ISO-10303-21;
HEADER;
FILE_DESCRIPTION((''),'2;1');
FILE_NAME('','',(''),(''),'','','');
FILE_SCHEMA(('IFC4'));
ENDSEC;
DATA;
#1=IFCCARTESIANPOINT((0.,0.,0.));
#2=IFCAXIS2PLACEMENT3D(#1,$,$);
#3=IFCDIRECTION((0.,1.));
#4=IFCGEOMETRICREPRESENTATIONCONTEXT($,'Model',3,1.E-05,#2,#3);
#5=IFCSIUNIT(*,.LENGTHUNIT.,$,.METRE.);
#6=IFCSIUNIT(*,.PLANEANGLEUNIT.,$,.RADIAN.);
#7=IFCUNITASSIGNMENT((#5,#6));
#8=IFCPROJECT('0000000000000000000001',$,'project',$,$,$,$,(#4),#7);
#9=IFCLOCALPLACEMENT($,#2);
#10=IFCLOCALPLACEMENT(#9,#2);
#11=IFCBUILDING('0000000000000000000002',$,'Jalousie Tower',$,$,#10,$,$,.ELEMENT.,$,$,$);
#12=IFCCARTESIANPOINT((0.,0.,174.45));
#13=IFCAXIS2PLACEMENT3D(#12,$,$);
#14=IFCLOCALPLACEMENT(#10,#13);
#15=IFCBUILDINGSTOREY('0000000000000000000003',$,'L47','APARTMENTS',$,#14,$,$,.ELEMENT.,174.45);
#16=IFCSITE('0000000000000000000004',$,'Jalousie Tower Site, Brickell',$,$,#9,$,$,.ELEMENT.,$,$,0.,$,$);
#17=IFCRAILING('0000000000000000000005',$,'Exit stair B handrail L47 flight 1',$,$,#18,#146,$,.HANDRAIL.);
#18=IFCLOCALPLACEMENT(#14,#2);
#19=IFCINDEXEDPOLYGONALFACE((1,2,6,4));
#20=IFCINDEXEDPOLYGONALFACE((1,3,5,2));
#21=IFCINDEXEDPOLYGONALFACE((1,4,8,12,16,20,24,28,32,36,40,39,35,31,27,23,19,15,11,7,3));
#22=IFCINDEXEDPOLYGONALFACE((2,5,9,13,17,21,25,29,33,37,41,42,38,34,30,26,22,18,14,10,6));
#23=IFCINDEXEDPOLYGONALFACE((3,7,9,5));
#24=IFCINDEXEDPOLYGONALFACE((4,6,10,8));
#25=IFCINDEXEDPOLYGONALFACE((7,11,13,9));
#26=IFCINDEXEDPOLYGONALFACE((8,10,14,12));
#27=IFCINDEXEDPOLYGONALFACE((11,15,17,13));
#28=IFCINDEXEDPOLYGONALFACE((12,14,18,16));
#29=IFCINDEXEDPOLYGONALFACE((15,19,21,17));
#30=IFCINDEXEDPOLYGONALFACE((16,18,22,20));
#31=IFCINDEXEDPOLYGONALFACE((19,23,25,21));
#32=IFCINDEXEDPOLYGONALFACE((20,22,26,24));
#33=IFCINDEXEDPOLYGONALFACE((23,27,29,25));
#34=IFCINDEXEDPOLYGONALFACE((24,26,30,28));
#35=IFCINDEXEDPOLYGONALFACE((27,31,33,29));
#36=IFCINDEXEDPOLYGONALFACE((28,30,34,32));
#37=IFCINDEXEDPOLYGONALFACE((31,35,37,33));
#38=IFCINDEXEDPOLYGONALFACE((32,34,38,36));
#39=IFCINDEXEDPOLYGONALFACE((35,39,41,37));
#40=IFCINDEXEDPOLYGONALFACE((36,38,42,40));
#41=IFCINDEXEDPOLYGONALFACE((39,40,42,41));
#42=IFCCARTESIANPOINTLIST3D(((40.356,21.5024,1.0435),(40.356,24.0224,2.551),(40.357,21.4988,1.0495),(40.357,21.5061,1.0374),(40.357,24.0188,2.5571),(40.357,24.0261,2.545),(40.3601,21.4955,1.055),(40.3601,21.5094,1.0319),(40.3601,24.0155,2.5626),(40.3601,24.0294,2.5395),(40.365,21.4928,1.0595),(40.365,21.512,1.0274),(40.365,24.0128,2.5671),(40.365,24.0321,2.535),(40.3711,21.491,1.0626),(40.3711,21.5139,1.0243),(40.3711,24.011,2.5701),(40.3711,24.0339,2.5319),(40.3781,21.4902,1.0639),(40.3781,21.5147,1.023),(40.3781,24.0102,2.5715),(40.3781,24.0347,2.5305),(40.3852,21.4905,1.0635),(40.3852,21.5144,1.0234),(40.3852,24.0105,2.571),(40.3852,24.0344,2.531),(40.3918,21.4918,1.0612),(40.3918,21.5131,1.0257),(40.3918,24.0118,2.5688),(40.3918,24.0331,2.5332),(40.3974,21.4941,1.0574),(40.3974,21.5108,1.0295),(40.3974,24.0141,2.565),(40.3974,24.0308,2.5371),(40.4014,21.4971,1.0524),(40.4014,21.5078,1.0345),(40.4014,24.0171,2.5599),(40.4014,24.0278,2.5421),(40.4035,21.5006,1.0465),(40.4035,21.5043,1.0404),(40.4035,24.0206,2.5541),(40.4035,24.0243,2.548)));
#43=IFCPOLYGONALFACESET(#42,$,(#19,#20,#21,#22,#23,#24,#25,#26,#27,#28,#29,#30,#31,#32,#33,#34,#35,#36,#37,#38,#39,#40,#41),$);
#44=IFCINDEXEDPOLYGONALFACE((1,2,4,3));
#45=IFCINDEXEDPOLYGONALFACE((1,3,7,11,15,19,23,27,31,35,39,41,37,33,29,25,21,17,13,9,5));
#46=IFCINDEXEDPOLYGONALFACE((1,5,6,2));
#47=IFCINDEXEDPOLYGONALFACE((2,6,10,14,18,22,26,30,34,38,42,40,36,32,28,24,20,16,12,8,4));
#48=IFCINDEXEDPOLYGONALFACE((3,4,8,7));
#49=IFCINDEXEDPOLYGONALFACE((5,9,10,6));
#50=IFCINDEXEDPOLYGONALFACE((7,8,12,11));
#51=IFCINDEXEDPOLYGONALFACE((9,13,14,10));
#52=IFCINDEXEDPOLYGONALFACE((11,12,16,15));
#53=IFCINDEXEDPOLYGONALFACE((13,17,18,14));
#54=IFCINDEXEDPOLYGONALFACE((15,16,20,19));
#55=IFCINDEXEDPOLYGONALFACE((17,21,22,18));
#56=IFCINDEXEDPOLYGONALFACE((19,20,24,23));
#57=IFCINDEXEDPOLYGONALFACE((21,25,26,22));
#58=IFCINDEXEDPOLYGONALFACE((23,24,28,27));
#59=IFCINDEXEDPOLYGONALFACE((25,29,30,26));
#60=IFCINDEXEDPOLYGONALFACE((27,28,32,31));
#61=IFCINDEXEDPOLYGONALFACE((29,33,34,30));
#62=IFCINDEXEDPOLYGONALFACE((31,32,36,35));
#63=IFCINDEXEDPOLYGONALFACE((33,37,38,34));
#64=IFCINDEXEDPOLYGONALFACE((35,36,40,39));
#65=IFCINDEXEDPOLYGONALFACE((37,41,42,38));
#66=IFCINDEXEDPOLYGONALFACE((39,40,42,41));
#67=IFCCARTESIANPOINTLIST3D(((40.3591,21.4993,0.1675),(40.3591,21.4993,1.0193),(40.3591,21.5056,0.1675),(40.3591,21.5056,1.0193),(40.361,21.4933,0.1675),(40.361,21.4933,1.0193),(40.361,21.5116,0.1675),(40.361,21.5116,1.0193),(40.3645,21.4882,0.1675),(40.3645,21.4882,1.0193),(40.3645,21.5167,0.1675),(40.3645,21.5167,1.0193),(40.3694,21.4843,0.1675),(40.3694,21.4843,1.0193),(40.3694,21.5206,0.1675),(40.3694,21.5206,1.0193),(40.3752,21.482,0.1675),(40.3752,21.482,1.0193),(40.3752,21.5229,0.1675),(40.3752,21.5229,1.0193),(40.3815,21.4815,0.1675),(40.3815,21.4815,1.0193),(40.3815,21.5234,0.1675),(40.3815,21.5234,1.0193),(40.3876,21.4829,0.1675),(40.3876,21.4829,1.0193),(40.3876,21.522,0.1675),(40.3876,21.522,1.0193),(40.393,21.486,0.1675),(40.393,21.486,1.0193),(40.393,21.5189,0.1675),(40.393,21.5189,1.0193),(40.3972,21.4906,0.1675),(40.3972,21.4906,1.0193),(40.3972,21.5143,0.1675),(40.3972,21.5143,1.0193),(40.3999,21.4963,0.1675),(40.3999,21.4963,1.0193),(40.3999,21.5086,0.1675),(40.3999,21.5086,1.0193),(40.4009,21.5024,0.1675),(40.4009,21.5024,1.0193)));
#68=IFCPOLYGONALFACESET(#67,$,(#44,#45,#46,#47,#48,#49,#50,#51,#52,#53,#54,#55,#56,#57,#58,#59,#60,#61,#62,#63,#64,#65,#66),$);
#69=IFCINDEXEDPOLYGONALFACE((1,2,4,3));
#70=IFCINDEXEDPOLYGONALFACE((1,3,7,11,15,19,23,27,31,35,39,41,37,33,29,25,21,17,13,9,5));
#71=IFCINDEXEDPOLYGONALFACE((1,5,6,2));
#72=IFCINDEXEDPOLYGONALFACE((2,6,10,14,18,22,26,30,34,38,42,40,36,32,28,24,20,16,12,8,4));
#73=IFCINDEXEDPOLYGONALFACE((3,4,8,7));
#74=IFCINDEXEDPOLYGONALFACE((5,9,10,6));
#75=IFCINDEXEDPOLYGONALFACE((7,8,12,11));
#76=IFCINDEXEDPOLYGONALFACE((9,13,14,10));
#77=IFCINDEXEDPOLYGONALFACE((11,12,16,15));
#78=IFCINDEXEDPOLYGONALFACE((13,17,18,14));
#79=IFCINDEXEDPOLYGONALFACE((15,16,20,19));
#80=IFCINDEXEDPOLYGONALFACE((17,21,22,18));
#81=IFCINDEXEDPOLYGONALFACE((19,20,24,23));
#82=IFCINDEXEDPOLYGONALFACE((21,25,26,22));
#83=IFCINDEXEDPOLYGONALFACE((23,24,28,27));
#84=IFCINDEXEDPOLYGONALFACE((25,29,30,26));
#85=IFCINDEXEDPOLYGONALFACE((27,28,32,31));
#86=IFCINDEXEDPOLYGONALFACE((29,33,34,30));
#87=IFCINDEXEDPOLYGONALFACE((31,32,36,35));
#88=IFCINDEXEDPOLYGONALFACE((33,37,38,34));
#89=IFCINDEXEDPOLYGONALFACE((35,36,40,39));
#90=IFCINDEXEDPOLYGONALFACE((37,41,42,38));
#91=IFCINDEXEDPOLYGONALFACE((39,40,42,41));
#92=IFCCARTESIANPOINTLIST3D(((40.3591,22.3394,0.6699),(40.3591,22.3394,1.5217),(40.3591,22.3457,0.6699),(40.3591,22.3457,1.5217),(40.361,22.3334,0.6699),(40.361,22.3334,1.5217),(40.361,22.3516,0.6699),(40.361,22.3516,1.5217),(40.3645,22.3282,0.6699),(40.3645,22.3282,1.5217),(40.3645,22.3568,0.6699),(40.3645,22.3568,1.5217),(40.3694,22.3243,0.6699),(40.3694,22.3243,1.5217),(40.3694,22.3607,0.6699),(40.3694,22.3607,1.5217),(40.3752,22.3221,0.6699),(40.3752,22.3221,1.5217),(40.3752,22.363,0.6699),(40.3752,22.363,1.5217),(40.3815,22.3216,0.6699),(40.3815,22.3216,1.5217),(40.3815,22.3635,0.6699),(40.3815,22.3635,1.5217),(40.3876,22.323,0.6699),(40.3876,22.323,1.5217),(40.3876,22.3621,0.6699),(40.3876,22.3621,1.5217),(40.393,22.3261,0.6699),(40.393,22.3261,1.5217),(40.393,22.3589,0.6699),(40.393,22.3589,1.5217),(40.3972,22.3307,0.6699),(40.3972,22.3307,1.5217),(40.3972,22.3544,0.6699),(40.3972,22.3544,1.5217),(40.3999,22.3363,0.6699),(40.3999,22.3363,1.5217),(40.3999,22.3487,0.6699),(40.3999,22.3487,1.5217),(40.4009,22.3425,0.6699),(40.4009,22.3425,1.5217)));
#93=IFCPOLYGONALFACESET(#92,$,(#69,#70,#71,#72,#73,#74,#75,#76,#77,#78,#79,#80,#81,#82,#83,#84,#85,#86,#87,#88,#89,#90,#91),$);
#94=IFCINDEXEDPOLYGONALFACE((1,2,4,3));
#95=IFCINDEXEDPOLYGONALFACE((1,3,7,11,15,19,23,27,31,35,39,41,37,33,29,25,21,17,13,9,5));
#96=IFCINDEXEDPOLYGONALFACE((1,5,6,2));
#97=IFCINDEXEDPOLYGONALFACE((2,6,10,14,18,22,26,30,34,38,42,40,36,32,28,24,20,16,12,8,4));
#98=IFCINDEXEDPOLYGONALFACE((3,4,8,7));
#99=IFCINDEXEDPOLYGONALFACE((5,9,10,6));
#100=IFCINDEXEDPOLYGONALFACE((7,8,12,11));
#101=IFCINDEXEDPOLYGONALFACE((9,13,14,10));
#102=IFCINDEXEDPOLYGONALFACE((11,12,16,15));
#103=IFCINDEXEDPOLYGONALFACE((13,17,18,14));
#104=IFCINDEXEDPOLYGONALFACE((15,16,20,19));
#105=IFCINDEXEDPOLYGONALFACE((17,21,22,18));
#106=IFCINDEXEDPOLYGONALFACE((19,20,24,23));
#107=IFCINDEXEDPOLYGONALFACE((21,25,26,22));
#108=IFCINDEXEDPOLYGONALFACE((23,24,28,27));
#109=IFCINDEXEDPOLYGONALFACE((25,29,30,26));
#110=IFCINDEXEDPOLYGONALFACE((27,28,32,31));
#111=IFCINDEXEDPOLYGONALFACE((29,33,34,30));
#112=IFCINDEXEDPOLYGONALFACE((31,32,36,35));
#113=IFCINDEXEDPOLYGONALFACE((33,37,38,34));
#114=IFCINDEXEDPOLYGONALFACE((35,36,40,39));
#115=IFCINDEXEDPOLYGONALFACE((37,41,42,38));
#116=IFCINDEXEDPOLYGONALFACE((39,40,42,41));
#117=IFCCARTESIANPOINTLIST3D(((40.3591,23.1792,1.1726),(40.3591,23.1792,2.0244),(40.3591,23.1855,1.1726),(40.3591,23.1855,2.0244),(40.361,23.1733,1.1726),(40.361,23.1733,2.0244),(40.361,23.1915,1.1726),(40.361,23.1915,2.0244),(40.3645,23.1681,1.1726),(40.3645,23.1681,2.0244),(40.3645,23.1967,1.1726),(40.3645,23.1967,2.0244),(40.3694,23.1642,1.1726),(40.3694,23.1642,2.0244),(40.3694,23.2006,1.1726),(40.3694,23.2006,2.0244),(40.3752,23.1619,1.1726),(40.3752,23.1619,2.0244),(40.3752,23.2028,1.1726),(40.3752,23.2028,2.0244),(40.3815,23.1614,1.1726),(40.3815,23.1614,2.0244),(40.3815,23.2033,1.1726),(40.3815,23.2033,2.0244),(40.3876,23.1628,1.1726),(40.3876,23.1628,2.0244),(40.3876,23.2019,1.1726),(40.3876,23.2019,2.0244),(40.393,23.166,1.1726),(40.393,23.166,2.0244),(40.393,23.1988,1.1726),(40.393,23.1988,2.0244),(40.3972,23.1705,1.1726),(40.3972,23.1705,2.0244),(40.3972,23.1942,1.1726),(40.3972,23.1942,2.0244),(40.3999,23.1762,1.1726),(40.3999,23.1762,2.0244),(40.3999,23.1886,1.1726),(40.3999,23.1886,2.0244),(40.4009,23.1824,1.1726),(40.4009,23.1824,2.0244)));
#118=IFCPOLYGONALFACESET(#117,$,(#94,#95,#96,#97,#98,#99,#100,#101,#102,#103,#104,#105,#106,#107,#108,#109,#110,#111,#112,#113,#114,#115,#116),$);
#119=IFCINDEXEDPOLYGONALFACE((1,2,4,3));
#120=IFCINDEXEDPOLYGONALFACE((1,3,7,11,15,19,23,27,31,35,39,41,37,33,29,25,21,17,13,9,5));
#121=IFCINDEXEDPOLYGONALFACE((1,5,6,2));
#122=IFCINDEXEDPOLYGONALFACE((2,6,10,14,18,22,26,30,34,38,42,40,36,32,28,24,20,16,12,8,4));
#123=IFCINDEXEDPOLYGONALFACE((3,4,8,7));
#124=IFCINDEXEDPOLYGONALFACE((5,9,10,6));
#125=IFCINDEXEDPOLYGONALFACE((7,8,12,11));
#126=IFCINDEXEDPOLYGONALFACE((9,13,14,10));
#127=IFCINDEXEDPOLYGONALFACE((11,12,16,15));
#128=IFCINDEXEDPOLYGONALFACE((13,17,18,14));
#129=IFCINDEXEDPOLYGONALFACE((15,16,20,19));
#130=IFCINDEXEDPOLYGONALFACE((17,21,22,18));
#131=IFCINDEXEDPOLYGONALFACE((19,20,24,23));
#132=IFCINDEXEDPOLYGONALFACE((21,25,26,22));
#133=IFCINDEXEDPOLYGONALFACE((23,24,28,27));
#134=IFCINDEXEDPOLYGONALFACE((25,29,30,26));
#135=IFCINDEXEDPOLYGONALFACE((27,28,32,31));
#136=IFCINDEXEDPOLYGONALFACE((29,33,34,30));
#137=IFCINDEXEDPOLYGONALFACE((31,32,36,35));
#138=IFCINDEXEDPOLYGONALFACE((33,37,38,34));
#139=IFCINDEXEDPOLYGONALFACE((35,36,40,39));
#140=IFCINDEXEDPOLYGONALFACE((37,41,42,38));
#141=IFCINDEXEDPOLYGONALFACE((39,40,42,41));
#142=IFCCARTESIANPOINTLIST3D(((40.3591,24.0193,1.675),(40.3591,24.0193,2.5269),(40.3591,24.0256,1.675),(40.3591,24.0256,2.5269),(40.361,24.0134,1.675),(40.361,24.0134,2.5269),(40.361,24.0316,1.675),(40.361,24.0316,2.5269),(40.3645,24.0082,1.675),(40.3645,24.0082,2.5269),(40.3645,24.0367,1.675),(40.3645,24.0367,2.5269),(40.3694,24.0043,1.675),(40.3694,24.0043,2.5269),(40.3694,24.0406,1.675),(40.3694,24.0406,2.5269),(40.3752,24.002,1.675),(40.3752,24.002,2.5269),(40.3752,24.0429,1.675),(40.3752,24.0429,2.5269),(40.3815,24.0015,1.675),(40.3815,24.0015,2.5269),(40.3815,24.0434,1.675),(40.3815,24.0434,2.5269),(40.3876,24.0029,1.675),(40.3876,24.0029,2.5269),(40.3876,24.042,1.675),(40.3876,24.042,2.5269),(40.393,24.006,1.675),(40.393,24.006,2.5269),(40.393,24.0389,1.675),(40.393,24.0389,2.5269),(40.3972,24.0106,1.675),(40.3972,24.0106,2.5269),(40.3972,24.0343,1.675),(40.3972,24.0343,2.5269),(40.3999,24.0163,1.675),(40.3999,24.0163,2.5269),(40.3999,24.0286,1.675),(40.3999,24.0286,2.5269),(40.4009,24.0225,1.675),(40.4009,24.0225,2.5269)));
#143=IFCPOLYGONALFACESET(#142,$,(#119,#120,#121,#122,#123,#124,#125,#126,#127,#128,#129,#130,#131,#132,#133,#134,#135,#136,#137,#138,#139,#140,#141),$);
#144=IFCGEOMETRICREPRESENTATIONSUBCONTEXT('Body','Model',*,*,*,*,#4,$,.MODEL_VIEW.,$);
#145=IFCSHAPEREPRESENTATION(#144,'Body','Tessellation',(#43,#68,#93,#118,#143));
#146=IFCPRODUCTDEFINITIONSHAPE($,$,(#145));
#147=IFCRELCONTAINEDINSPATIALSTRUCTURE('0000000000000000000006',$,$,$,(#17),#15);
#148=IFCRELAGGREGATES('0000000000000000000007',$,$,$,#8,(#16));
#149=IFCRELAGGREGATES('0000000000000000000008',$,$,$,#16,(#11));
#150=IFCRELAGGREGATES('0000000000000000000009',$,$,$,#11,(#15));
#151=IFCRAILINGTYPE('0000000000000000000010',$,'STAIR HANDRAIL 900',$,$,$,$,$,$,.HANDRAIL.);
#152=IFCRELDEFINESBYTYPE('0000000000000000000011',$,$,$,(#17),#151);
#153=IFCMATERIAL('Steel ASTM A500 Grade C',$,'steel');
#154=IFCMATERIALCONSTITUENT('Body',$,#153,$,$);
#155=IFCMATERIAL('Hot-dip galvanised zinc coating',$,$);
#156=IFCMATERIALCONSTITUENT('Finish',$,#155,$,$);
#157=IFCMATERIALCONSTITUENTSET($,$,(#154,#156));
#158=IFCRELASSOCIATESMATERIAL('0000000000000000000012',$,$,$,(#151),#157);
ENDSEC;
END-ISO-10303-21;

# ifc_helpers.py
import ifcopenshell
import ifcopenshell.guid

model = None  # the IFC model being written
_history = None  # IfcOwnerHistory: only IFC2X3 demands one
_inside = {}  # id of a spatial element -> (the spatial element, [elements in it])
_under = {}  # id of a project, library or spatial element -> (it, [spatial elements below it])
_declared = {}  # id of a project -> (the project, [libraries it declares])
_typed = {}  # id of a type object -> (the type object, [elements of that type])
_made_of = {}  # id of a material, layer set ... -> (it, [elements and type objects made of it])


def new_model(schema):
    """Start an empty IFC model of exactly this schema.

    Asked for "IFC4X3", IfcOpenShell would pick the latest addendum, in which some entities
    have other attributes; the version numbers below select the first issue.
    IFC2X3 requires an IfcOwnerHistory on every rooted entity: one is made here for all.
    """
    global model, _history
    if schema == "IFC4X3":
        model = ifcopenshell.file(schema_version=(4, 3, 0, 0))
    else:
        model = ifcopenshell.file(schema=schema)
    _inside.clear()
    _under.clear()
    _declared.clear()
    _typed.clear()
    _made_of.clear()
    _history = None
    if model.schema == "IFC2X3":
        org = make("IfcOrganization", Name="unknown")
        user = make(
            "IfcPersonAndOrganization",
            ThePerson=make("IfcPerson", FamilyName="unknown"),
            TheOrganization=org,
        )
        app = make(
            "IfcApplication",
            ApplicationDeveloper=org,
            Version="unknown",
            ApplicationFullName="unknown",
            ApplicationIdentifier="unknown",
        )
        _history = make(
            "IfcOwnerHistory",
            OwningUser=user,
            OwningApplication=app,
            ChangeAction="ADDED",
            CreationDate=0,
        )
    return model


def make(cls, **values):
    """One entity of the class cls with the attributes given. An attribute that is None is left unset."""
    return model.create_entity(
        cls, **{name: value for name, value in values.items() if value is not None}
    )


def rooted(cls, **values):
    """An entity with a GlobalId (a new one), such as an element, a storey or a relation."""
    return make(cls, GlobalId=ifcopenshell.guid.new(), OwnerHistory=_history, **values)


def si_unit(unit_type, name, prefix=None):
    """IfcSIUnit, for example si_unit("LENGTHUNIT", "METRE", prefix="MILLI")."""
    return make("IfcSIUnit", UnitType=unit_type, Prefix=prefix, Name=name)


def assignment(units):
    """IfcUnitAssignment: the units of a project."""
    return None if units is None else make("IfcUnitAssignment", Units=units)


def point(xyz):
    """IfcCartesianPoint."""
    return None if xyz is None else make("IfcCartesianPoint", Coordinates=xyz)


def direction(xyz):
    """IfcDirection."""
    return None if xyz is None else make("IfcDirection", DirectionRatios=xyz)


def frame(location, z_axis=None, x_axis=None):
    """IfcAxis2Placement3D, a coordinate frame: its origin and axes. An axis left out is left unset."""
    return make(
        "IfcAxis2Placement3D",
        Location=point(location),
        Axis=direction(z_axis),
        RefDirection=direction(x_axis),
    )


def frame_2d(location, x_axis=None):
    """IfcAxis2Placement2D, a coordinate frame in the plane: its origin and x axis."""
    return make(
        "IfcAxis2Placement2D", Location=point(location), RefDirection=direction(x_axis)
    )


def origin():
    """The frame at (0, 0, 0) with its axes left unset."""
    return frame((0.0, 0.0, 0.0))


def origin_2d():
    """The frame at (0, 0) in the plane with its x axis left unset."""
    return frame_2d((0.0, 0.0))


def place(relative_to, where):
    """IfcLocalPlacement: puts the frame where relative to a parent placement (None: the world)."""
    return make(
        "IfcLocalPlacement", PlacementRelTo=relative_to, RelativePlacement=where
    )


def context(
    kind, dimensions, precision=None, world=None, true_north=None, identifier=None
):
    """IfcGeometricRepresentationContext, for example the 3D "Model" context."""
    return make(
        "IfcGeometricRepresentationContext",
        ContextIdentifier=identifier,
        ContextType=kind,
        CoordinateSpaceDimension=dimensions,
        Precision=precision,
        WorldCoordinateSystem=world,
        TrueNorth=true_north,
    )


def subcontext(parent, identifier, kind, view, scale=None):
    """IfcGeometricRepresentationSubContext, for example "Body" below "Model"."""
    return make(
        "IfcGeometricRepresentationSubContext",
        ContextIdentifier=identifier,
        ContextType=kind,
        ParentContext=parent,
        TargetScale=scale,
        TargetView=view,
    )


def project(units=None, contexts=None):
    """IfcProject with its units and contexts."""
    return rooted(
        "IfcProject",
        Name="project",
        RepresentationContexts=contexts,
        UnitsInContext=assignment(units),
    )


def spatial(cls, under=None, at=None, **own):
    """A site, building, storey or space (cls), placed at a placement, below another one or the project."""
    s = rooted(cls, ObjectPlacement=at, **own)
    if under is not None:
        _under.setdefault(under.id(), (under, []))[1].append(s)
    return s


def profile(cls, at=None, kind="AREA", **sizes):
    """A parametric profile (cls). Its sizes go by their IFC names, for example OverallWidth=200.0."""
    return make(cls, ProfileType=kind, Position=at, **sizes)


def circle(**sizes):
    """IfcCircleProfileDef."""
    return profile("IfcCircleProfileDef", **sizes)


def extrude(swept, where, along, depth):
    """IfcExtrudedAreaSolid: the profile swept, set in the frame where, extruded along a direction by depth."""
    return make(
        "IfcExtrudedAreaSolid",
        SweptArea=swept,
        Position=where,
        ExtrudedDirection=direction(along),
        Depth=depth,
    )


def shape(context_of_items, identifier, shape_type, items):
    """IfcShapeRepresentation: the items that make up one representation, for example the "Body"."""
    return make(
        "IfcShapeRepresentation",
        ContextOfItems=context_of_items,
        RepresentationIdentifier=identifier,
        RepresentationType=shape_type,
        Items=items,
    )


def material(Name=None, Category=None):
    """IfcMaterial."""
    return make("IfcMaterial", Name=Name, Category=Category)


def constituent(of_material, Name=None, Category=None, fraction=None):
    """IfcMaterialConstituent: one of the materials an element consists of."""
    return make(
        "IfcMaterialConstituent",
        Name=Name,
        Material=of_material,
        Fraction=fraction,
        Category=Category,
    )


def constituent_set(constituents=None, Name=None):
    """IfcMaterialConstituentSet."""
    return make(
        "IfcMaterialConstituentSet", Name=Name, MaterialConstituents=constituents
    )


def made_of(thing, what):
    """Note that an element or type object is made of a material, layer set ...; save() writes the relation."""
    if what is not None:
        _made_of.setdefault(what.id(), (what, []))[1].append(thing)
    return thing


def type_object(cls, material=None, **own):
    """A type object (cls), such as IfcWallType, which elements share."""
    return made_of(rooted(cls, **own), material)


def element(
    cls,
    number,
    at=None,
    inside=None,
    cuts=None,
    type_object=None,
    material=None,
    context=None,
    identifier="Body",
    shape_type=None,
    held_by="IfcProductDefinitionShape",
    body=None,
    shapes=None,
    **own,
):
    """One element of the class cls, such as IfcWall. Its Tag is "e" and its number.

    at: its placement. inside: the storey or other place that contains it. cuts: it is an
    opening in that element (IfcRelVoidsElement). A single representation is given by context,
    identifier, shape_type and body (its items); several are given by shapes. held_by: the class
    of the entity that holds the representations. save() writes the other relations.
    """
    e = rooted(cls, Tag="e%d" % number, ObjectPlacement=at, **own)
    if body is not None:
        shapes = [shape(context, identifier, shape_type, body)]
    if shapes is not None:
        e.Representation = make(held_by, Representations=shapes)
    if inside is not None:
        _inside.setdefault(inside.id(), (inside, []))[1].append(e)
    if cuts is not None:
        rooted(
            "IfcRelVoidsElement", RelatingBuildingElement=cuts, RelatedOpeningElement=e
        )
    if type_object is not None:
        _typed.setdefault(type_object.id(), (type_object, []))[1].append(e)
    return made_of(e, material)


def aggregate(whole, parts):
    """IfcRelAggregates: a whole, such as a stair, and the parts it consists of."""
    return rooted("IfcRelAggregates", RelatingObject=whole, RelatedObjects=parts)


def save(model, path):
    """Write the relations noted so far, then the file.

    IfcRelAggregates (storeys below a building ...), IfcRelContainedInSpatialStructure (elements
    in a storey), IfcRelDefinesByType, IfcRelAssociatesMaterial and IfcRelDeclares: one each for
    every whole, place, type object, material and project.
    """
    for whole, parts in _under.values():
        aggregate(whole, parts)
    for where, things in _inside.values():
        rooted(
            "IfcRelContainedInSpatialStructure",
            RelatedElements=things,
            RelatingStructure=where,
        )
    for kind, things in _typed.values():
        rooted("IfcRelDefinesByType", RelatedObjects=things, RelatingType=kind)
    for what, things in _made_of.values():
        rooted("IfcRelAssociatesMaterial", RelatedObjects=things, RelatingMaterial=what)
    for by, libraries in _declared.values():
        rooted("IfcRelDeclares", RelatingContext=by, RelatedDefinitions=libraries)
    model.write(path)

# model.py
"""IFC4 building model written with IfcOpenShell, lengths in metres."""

from ifc_helpers import new_model, si_unit, direction, frame, origin, origin_2d, place, context, subcontext, project, spatial, circle, extrude, material, constituent, constituent_set, type_object, element, save


model = new_model("IFC4")

# Units and contexts
model_context = context("Model", 3, precision=1e-05, world=origin(), true_north=direction((0.0, 1.0)))
body_context = subcontext(model_context, "Body", "Model", "MODEL_VIEW")
ifc_project = project(units=[si_unit("LENGTHUNIT", "METRE"), si_unit("PLANEANGLEUNIT", "RADIAN")], contexts=[model_context])

# Site, building, storey
site_placement = place(None, origin())
site = spatial("IfcSite", under=ifc_project, at=site_placement, Name="Jalousie Tower Site, Brickell", CompositionType="ELEMENT", RefElevation=0.0)
building_placement = place(site_placement, origin())
building = spatial("IfcBuilding", under=site, at=building_placement, Name="Jalousie Tower", CompositionType="ELEMENT")
storey_placement = place(building_placement, frame((0.0, 0.0, 174.45)))
storey = spatial("IfcBuildingStorey", under=building, at=storey_placement, Name="L47", Description="APARTMENTS", CompositionType="ELEMENT", Elevation=174.45)

# Railing
ifc_material_1 = material(Name="Steel ASTM A500 Grade C", Category="steel")
ifc_constituent_1 = constituent(ifc_material_1, Name="Body")
ifc_material_2 = material(Name="Hot-dip galvanised zinc coating")
ifc_constituent_2 = constituent(ifc_material_2, Name="Finish")
ifc_constituent_set_1 = constituent_set(constituents=[ifc_constituent_1, ifc_constituent_2])
railing_type_1 = type_object("IfcRailingType", Name="STAIR HANDRAIL 900", PredefinedType="HANDRAIL", material=ifc_constituent_set_1)
railing_1_placement = place(storey_placement, frame((40.3799, 21.5024, 0.1675)))
element("IfcRailing", 1, at=railing_1_placement, inside=storey, type_object=railing_type_1, Name="Exit stair B handrail L47 flight 1", PredefinedType="HANDRAIL", context=body_context, shape_type="SweptSolid", body=[
    extrude(circle(Radius=0.0239, at=origin_2d()), frame((0.0, 0.0, 0.876), z_axis=(0.0, 0.85816, 0.513383), x_axis=(-1.0, 0.0, 0.0)), (0.0, 0.0, 1.0), 2.9365),
    extrude(circle(Radius=0.021, at=origin_2d()), origin(), (0.0, 0.0, 1.0), 0.8518),
    extrude(circle(Radius=0.021, at=origin_2d()), frame((0.0, 0.8401, 0.5024)), (0.0, 0.0, 1.0), 0.8518),
    extrude(circle(Radius=0.021, at=origin_2d()), frame((0.0, 1.6799, 1.0051)), (0.0, 0.0, 1.0), 0.8518),
    extrude(circle(Radius=0.021, at=origin_2d()), frame((0.0, 2.52, 1.5076)), (0.0, 0.0, 1.0), 0.8518),
])

save(model, "model.ifc")
